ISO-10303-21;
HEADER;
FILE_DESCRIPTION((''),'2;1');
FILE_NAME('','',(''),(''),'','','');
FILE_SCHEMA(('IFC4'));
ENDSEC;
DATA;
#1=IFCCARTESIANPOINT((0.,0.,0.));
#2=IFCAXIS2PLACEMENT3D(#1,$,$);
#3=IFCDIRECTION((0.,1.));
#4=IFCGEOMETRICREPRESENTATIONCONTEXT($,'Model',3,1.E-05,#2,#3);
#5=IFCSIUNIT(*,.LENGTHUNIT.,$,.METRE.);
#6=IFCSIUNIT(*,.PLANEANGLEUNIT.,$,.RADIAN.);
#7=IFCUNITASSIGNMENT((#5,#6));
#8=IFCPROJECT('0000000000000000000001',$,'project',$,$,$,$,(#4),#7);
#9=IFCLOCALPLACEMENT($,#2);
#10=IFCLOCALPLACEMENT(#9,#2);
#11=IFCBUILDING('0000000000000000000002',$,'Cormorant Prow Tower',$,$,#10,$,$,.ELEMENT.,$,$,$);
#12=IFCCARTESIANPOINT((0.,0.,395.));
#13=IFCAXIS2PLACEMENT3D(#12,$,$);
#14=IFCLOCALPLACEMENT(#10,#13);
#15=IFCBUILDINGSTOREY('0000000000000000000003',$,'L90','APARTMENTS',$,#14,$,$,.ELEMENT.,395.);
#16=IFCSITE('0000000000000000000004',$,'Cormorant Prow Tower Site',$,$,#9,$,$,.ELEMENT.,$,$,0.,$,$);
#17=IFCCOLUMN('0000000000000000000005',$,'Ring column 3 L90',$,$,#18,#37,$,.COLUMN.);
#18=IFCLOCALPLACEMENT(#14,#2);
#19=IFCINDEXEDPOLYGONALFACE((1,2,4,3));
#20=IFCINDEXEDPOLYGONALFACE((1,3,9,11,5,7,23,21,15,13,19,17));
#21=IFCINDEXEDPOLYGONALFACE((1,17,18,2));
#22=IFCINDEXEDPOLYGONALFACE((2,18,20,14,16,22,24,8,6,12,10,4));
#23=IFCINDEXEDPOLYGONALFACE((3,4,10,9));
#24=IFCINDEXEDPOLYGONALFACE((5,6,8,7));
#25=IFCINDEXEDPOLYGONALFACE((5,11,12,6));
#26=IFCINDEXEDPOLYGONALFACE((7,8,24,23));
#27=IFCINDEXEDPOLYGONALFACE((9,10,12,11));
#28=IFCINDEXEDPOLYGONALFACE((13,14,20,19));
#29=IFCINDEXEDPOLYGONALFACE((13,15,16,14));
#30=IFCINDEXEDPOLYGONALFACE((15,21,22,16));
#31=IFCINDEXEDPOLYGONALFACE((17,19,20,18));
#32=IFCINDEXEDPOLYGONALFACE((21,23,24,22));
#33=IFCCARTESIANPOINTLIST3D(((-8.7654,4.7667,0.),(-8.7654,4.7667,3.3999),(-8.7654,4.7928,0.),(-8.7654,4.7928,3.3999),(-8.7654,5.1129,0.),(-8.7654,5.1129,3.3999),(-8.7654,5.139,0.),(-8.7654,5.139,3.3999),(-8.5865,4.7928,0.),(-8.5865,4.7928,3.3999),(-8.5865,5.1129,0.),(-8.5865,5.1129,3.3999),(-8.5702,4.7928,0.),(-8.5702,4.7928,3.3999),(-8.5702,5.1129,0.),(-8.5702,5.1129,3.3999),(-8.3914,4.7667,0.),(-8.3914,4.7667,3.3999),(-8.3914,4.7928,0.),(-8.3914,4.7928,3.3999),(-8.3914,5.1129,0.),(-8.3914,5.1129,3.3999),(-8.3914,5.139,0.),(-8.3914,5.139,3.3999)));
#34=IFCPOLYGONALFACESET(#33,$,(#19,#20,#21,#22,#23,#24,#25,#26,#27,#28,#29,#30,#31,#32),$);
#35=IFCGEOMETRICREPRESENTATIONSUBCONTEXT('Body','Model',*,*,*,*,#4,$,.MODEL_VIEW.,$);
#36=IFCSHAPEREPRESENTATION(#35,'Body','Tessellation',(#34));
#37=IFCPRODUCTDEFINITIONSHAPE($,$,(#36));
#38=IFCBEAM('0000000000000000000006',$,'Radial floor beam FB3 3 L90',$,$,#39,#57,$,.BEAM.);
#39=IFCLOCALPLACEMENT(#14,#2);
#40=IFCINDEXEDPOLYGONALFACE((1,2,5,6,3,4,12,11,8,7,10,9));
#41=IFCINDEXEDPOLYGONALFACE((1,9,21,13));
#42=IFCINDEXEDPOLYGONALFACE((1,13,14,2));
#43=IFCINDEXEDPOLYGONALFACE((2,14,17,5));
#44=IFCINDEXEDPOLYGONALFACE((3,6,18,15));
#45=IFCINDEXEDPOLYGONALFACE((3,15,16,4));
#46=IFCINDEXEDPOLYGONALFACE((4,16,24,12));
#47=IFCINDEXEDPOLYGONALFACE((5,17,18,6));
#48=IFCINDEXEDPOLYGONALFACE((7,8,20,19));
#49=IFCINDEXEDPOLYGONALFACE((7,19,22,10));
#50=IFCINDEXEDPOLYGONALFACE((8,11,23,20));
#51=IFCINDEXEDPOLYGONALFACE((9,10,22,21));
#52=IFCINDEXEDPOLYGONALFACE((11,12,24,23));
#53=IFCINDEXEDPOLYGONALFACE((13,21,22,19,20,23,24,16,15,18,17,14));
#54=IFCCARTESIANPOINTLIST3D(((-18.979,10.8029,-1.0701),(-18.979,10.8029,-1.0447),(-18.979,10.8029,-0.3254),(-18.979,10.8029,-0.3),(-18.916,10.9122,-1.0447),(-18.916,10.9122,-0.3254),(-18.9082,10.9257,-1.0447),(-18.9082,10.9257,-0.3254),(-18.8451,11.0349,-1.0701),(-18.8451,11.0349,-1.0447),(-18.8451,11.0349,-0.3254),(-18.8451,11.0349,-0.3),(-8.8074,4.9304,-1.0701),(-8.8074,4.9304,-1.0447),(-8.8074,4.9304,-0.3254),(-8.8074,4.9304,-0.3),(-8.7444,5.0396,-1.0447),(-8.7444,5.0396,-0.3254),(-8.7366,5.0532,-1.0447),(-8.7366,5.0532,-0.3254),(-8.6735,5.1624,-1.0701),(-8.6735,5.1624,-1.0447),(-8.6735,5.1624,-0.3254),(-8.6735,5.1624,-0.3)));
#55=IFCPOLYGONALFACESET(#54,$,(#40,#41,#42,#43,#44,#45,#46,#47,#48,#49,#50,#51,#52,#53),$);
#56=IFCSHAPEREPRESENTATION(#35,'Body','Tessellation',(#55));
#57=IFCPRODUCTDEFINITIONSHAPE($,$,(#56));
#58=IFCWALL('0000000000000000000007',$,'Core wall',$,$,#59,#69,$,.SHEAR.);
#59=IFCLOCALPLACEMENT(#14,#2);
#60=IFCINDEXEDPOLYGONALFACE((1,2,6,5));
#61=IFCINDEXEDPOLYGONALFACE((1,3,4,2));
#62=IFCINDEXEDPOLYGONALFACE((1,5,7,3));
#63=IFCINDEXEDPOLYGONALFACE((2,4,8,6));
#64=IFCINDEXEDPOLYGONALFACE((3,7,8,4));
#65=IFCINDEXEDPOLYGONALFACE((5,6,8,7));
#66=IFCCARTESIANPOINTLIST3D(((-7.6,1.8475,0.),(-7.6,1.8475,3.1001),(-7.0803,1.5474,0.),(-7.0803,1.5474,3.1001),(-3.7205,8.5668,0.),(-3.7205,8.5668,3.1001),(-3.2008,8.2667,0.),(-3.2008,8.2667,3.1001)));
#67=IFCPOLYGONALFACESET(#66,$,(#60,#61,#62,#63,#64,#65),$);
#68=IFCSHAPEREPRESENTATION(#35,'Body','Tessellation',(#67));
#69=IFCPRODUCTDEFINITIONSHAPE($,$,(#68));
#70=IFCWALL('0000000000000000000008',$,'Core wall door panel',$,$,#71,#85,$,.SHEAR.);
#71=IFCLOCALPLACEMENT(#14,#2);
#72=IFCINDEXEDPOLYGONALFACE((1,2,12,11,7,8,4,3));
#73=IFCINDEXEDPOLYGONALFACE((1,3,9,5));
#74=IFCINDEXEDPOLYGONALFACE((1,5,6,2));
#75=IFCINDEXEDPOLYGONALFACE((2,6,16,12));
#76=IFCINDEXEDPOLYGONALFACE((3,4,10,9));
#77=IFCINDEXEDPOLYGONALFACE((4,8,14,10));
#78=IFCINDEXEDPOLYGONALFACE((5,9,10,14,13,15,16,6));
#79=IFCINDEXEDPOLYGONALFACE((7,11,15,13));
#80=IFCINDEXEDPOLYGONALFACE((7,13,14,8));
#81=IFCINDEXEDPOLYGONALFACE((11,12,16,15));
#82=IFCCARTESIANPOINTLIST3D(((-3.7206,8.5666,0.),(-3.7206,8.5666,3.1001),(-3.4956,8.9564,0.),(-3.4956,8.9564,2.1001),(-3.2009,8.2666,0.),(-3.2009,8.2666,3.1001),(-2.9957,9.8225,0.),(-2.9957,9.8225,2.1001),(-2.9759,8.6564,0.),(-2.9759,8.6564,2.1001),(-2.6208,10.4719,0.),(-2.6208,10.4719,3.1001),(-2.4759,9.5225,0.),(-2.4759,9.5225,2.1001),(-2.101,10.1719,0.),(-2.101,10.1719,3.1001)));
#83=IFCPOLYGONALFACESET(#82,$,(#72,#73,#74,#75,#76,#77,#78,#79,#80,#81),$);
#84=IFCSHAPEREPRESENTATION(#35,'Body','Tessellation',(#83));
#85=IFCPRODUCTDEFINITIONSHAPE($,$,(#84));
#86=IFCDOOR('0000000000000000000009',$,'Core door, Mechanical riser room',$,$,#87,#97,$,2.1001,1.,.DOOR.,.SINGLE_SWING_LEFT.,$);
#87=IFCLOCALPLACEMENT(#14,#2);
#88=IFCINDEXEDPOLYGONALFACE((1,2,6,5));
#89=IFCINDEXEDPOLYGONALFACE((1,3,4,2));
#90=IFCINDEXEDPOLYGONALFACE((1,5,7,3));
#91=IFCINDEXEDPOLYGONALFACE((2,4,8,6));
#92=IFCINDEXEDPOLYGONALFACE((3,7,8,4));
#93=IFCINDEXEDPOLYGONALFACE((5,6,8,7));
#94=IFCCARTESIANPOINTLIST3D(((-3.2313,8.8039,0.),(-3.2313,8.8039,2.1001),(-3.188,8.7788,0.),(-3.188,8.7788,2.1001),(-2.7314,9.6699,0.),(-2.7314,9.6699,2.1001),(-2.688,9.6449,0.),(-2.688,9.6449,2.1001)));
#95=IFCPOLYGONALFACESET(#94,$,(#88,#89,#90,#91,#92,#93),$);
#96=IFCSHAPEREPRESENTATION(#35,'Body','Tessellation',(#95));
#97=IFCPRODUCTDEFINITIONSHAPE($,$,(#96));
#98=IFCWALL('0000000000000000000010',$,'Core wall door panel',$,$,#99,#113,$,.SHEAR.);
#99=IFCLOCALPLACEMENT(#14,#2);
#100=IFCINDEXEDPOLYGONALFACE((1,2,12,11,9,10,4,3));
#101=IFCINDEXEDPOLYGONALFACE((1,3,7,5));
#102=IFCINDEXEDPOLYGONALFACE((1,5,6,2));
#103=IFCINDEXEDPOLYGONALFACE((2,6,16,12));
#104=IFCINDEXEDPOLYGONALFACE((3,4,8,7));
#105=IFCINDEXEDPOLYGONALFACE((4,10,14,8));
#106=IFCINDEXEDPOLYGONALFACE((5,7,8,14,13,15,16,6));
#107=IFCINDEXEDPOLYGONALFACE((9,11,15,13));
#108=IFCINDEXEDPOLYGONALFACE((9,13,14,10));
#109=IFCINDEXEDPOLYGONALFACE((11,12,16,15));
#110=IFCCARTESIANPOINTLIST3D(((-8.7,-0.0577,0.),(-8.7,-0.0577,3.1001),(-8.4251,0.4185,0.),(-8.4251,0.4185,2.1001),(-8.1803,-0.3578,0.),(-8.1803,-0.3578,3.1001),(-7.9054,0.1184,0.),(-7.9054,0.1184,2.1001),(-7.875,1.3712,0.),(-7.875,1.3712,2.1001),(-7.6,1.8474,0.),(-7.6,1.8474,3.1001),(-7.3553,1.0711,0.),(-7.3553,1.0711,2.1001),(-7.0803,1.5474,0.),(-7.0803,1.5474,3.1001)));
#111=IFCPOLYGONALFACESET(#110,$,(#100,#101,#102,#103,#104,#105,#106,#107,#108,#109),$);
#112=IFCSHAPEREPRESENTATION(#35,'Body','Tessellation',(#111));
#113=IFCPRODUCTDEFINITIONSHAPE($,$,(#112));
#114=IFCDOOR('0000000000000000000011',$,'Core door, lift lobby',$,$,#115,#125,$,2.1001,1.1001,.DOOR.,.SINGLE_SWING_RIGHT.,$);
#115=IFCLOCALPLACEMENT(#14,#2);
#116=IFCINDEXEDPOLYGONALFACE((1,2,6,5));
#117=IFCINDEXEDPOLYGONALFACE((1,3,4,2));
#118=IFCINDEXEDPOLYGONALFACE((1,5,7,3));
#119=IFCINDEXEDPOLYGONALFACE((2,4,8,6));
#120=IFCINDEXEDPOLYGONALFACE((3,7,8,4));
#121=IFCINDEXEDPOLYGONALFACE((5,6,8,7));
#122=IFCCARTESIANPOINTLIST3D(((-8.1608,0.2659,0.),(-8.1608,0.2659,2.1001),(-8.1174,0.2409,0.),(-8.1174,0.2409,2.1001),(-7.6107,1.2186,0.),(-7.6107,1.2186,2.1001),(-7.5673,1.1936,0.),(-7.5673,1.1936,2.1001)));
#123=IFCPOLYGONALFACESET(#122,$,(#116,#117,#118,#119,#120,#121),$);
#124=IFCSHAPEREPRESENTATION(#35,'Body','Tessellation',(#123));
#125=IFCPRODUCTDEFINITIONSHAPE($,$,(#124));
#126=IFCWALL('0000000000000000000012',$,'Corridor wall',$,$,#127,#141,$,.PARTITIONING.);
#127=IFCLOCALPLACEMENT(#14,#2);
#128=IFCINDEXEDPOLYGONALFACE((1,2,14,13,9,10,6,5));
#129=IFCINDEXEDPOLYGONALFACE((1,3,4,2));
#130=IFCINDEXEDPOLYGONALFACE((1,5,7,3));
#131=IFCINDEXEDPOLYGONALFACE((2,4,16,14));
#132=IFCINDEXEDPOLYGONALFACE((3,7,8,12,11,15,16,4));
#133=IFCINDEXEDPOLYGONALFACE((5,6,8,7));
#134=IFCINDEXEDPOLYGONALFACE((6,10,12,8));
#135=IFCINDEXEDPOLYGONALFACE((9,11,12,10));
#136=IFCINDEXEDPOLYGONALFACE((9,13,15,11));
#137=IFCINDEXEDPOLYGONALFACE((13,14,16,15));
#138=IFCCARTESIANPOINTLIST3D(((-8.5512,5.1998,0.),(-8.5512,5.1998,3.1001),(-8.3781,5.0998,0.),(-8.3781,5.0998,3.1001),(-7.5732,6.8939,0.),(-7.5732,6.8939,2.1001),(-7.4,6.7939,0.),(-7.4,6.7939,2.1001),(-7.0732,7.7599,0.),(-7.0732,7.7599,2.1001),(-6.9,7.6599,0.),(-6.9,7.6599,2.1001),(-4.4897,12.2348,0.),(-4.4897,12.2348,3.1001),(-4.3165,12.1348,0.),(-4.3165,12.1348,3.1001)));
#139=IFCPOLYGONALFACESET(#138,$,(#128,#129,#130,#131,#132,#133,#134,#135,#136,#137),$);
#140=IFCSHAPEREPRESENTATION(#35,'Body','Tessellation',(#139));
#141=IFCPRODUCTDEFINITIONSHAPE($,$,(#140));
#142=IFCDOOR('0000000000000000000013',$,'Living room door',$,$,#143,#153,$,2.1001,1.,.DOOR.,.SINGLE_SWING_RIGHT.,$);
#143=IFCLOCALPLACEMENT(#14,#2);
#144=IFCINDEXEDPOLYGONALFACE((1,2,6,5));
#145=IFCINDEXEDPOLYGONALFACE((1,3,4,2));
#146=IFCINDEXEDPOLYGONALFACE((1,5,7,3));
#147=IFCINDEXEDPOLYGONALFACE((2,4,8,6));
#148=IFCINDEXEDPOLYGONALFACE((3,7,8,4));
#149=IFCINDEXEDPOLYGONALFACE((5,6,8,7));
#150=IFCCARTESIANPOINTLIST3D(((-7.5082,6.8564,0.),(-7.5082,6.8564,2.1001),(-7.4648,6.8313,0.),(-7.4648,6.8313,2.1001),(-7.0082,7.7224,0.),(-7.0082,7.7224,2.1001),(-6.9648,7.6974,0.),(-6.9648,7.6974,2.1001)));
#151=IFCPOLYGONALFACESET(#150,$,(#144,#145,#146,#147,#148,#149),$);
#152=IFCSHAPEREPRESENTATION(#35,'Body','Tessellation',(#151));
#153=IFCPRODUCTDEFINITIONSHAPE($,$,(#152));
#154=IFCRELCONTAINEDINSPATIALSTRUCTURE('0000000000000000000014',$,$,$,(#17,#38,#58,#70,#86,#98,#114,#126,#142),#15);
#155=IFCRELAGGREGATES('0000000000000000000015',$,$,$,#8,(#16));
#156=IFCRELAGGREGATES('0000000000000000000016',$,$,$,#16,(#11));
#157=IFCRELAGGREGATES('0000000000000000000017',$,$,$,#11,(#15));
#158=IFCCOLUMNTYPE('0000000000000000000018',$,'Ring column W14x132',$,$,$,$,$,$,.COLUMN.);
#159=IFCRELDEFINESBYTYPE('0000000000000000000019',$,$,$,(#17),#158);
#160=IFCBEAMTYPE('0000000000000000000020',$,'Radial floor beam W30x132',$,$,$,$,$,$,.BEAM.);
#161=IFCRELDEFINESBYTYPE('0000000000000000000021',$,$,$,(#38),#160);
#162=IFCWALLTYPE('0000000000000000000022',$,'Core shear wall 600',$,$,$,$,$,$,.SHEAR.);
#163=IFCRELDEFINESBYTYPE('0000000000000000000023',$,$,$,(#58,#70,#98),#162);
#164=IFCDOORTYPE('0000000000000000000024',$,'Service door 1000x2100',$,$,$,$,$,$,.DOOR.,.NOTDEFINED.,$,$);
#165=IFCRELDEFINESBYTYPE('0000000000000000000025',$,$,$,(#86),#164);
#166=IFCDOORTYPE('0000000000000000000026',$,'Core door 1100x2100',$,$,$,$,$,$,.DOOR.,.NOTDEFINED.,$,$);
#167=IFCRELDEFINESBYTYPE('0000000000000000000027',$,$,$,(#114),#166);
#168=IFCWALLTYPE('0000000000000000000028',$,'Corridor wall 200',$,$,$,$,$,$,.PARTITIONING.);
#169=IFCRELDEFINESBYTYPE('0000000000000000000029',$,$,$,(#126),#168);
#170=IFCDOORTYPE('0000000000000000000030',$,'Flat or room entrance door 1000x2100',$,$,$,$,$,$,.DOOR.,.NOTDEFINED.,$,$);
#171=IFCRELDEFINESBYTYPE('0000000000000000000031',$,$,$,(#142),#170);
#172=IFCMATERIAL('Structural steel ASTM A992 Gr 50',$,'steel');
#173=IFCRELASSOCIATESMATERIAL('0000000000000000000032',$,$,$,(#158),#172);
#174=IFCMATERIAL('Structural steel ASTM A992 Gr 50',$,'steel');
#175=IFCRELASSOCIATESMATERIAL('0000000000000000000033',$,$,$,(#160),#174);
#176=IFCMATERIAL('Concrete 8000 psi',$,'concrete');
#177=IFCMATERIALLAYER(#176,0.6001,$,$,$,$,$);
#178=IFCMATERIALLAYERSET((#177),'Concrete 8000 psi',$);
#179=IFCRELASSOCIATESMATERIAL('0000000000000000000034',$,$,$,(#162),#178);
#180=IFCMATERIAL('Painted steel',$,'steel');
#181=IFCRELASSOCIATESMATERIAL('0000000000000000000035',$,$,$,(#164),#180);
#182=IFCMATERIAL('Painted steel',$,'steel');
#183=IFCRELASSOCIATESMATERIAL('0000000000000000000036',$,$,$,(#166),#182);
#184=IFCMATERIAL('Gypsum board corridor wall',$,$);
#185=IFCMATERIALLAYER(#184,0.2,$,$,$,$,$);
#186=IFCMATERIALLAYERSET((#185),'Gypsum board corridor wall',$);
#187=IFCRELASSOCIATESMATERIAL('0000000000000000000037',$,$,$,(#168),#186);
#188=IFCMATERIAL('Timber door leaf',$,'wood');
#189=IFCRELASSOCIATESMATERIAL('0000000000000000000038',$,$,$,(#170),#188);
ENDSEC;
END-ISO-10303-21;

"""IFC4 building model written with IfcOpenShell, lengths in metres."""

from ifc_helpers import new_model, si_unit, direction, frame, frame_2d, origin, origin_2d, place, context, subcontext, project, spatial, rectangle, i_section, extrude, material, layer, layer_set, material_profile, profile_set, type_object, element, fill, save


model = new_model("IFC4")

# Units and contexts
model_context = context("Model", 3, precision=1e-05, world=origin(), true_north=direction((0.0, 1.0)))
body_context = subcontext(model_context, "Body", "Model", "MODEL_VIEW")
ifc_project = project(units=[si_unit("LENGTHUNIT", "METRE"), si_unit("PLANEANGLEUNIT", "RADIAN")], contexts=[model_context])

# Site, building, storey
site_placement = place(None, origin())
site = spatial("IfcSite", under=ifc_project, at=site_placement, Name="Cormorant Prow Tower Site", CompositionType="ELEMENT", RefElevation=0.0)
building_placement = place(site_placement, origin())
building = spatial("IfcBuilding", under=site, at=building_placement, Name="Cormorant Prow Tower", CompositionType="ELEMENT")
storey_placement = place(building_placement, frame((0.0, 0.0, 395.0)))
storey = spatial("IfcBuildingStorey", under=building, at=storey_placement, Name="L90", Description="APARTMENTS", CompositionType="ELEMENT", Elevation=395.0)

# Column
ifc_material_1 = material(Name="Structural steel ASTM A992 Gr 50", Category="steel")
ifc_material_profile_1 = material_profile(ifc_material_1, i_section(OverallWidth=0.374, OverallDepth=0.3723, WebThickness=0.0164, FlangeThickness=0.0261, at=origin_2d()), Name="W14x132")
ifc_profile_set_1 = profile_set([ifc_material_profile_1], Name="Structural steel ASTM A992 Gr 50")
column_type = type_object("IfcColumnType", Name="Ring column W14x132", PredefinedType="COLUMN", material=ifc_profile_set_1)
column_placement = place(storey_placement, frame((-8.5784, 4.9529, 0.0), z_axis=(0.0, 0.0, 1.0), x_axis=(1.0, 0.0, 0.0)))
element("IfcColumn", 1, at=column_placement, inside=storey, type_object=column_type, Name="Ring column 3 L90", PredefinedType="COLUMN", context=body_context, shape_type="SweptSolid", body=[
    extrude(i_section(OverallWidth=0.374, OverallDepth=0.3723, WebThickness=0.0164, FlangeThickness=0.0261, at=origin_2d()), origin(), (0.0, 0.0, 1.0), 3.3999),
])

# Beam
ifc_material_2 = material(Name="Structural steel ASTM A992 Gr 50", Category="steel")
ifc_material_profile_2 = material_profile(ifc_material_2, i_section(OverallWidth=0.2678, OverallDepth=0.77, WebThickness=0.0156, FlangeThickness=0.0254, at=origin_2d()), Name="W30x132")
ifc_profile_set_2 = profile_set([ifc_material_profile_2], Name="Structural steel ASTM A992 Gr 50")
beam_type = type_object("IfcBeamType", Name="Radial floor beam W30x132", PredefinedType="BEAM", material=ifc_profile_set_2)
beam_placement = place(storey_placement, frame((-8.7405, 5.0464, -0.6851), z_axis=(-0.866027, 0.499998, 0.0), x_axis=(-0.499998, -0.866027, 0.0)))
element("IfcBeam", 2, at=beam_placement, inside=storey, type_object=beam_type, Name="Radial floor beam FB3 3 L90", PredefinedType="BEAM", context=body_context, shape_type="SweptSolid", body=[
    extrude(i_section(OverallWidth=0.2678, OverallDepth=0.77, WebThickness=0.0156, FlangeThickness=0.0254, at=origin_2d()), origin(), (0.0, 0.0, 1.0), 11.7451),
])

# Wall
ifc_material_3 = material(Name="Concrete 8000 psi", Category="concrete")
ifc_layer_1 = layer(ifc_material_3, 0.6001)
ifc_layer_set_1 = layer_set([ifc_layer_1], Name="Concrete 8000 psi")
wall_type_1 = type_object("IfcWallType", Name="Core shear wall 600", PredefinedType="SHEAR", material=ifc_layer_set_1)
wall_1_placement = place(storey_placement, frame((-3.4607, 8.4167, 0.0), z_axis=(0.0, 0.0, 1.0), x_axis=(-0.500004, -0.866023, 0.0)))
element("IfcWall", 3, at=wall_1_placement, inside=storey, type_object=wall_type_1, Name="Core wall", PredefinedType="SHEAR", context=body_context, shape_type="SweptSolid", body=[
    extrude(rectangle(XDim=7.7588, YDim=0.6001, at=frame_2d((3.8794, 0.0))), origin(), (0.0, 0.0, 1.0), 3.1001),
])

# Walls, openings, doors
wall_2_placement = place(storey_placement, frame((-2.3608, 10.322, 0.0), z_axis=(0.0, 0.0, 1.0), x_axis=(-0.499947, -0.866056, 0.0)))
wall_2 = element("IfcWall", 4, at=wall_2_placement, inside=storey, type_object=wall_type_1, Name="Core wall door panel", PredefinedType="SHEAR", context=body_context, shape_type="SweptSolid", body=[
    extrude(rectangle(XDim=2.2, YDim=0.6001, at=frame_2d((1.1001, 0.0))), origin(), (0.0, 0.0, 1.0), 3.1001),
])
opening_1_placement = place(wall_2_placement, frame((0.75, 0.0, 0.0)))
opening_1 = element("IfcOpeningElement", 5, at=opening_1_placement, cuts=wall_2, PredefinedType="OPENING", context=body_context, shape_type="SweptSolid", body=[
    extrude(rectangle(XDim=1.0, YDim=2.1001, at=frame_2d((0.5, 1.05))), frame((0.0, 0.3101, 0.0), z_axis=(0.0, -1.0, 0.0), x_axis=(1.0, 0.0, 0.0)), (0.0, 0.0, 1.0), 0.6201),
])
ifc_material_4 = material(Name="Painted steel", Category="steel")
door_type_1 = type_object("IfcDoorType", Name="Service door 1000x2100", OperationType="NOTDEFINED", PredefinedType="DOOR", material=ifc_material_4)
door_1_placement = place(opening_1_placement, origin())
door_1 = element("IfcDoor", 6, at=door_1_placement, inside=storey, type_object=door_type_1, Name="Core door, Mechanical riser room", OperationType="SINGLE_SWING_LEFT", OverallHeight=2.1001, OverallWidth=1.0, PredefinedType="DOOR", context=body_context, shape_type="SweptSolid", body=[
    extrude(rectangle(XDim=1.0, YDim=2.1001, at=frame_2d((0.5, 1.05))), frame((0.0, 0.0552, 0.0), z_axis=(0.0, -1.0, 0.0), x_axis=(1.0, 0.0, 0.0)), (0.0, 0.0, 1.0), 0.05),
])
fill(opening_1, door_1)
wall_3_placement = place(storey_placement, frame((-7.3401, 1.6975, 0.0), z_axis=(0.0, 0.0, 1.0), x_axis=(-0.50003, -0.866008, 0.0)))
wall_3 = element("IfcWall", 7, at=wall_3_placement, inside=storey, type_object=wall_type_1, Name="Core wall door panel", PredefinedType="SHEAR", context=body_context, shape_type="SweptSolid", body=[
    extrude(rectangle(XDim=2.2, YDim=0.6001, at=frame_2d((1.1001, 0.0))), origin(), (0.0, 0.0, 1.0), 3.1001),
])
opening_2_placement = place(wall_3_placement, frame((0.55, 0.0, 0.0)))
opening_2 = element("IfcOpeningElement", 8, at=opening_2_placement, cuts=wall_3, PredefinedType="OPENING", context=body_context, shape_type="SweptSolid", body=[
    extrude(rectangle(XDim=1.1001, YDim=2.1001, at=frame_2d((0.55, 1.05))), frame((0.0, 0.3101, 0.0), z_axis=(0.0, -1.0, 0.0), x_axis=(1.0, 0.0, 0.0)), (0.0, 0.0, 1.0), 0.6201),
])
ifc_material_5 = material(Name="Painted steel", Category="steel")
door_type_2 = type_object("IfcDoorType", Name="Core door 1100x2100", OperationType="NOTDEFINED", PredefinedType="DOOR", material=ifc_material_5)
door_2_placement = place(opening_2_placement, origin())
door_2 = element("IfcDoor", 9, at=door_2_placement, inside=storey, type_object=door_type_2, Name="Core door, lift lobby", OperationType="SINGLE_SWING_RIGHT", OverallHeight=2.1001, OverallWidth=1.1001, PredefinedType="DOOR", context=body_context, shape_type="SweptSolid", body=[
    extrude(rectangle(XDim=1.1001, YDim=2.1001, at=frame_2d((0.55, 1.05))), frame((0.0, 0.0552, 0.0), z_axis=(0.0, -1.0, 0.0), x_axis=(1.0, 0.0, 0.0)), (0.0, 0.0, 1.0), 0.05),
])
fill(opening_2, door_2)
ifc_material_6 = material(Name="Gypsum board corridor wall")
ifc_layer_2 = layer(ifc_material_6, 0.2)
ifc_layer_set_2 = layer_set([ifc_layer_2], Name="Gypsum board corridor wall")
wall_type_2 = type_object("IfcWallType", Name="Corridor wall 200", PredefinedType="PARTITIONING", material=ifc_layer_set_2)
wall_4_placement = place(storey_placement, frame((-8.4646, 5.1499, 0.0), z_axis=(0.0, 0.0, 1.0), x_axis=(0.499992, 0.86603, 0.0)))
wall_4 = element("IfcWall", 10, at=wall_4_placement, inside=storey, type_object=wall_type_2, Name="Corridor wall", PredefinedType="PARTITIONING", context=body_context, shape_type="SweptSolid", body=[
    extrude(rectangle(XDim=8.1233, YDim=0.2, at=frame_2d((4.0615, 0.0))), origin(), (0.0, 0.0, 1.0), 3.1001),
])
opening_3_placement = place(wall_4_placement, frame((1.9561, 0.0, 0.0)))
opening_3 = element("IfcOpeningElement", 11, at=opening_3_placement, cuts=wall_4, PredefinedType="OPENING", context=body_context, shape_type="SweptSolid", body=[
    extrude(rectangle(XDim=1.0, YDim=2.1001, at=frame_2d((0.5, 1.05))), frame((0.0, 0.1099, 0.0), z_axis=(0.0, -1.0, 0.0), x_axis=(1.0, 0.0, 0.0)), (0.0, 0.0, 1.0), 0.22),
])
ifc_material_7 = material(Name="Timber door leaf", Category="wood")
door_type_3 = type_object("IfcDoorType", Name="Flat or room entrance door 1000x2100", OperationType="NOTDEFINED", PredefinedType="DOOR", material=ifc_material_7)
door_3_placement = place(opening_3_placement, origin())
door_3 = element("IfcDoor", 12, at=door_3_placement, inside=storey, type_object=door_type_3, Name="Living room door", OperationType="SINGLE_SWING_RIGHT", OverallHeight=2.1001, OverallWidth=1.0, PredefinedType="DOOR", context=body_context, shape_type="SweptSolid", body=[
    extrude(rectangle(XDim=1.0, YDim=2.1001, at=frame_2d((0.5, 1.05))), frame((0.0, 0.0249, 0.0), z_axis=(0.0, -1.0, 0.0), x_axis=(1.0, 0.0, 0.0)), (0.0, 0.0, 1.0), 0.05),
])
fill(opening_3, door_3)

save(model, "model.ifc")
